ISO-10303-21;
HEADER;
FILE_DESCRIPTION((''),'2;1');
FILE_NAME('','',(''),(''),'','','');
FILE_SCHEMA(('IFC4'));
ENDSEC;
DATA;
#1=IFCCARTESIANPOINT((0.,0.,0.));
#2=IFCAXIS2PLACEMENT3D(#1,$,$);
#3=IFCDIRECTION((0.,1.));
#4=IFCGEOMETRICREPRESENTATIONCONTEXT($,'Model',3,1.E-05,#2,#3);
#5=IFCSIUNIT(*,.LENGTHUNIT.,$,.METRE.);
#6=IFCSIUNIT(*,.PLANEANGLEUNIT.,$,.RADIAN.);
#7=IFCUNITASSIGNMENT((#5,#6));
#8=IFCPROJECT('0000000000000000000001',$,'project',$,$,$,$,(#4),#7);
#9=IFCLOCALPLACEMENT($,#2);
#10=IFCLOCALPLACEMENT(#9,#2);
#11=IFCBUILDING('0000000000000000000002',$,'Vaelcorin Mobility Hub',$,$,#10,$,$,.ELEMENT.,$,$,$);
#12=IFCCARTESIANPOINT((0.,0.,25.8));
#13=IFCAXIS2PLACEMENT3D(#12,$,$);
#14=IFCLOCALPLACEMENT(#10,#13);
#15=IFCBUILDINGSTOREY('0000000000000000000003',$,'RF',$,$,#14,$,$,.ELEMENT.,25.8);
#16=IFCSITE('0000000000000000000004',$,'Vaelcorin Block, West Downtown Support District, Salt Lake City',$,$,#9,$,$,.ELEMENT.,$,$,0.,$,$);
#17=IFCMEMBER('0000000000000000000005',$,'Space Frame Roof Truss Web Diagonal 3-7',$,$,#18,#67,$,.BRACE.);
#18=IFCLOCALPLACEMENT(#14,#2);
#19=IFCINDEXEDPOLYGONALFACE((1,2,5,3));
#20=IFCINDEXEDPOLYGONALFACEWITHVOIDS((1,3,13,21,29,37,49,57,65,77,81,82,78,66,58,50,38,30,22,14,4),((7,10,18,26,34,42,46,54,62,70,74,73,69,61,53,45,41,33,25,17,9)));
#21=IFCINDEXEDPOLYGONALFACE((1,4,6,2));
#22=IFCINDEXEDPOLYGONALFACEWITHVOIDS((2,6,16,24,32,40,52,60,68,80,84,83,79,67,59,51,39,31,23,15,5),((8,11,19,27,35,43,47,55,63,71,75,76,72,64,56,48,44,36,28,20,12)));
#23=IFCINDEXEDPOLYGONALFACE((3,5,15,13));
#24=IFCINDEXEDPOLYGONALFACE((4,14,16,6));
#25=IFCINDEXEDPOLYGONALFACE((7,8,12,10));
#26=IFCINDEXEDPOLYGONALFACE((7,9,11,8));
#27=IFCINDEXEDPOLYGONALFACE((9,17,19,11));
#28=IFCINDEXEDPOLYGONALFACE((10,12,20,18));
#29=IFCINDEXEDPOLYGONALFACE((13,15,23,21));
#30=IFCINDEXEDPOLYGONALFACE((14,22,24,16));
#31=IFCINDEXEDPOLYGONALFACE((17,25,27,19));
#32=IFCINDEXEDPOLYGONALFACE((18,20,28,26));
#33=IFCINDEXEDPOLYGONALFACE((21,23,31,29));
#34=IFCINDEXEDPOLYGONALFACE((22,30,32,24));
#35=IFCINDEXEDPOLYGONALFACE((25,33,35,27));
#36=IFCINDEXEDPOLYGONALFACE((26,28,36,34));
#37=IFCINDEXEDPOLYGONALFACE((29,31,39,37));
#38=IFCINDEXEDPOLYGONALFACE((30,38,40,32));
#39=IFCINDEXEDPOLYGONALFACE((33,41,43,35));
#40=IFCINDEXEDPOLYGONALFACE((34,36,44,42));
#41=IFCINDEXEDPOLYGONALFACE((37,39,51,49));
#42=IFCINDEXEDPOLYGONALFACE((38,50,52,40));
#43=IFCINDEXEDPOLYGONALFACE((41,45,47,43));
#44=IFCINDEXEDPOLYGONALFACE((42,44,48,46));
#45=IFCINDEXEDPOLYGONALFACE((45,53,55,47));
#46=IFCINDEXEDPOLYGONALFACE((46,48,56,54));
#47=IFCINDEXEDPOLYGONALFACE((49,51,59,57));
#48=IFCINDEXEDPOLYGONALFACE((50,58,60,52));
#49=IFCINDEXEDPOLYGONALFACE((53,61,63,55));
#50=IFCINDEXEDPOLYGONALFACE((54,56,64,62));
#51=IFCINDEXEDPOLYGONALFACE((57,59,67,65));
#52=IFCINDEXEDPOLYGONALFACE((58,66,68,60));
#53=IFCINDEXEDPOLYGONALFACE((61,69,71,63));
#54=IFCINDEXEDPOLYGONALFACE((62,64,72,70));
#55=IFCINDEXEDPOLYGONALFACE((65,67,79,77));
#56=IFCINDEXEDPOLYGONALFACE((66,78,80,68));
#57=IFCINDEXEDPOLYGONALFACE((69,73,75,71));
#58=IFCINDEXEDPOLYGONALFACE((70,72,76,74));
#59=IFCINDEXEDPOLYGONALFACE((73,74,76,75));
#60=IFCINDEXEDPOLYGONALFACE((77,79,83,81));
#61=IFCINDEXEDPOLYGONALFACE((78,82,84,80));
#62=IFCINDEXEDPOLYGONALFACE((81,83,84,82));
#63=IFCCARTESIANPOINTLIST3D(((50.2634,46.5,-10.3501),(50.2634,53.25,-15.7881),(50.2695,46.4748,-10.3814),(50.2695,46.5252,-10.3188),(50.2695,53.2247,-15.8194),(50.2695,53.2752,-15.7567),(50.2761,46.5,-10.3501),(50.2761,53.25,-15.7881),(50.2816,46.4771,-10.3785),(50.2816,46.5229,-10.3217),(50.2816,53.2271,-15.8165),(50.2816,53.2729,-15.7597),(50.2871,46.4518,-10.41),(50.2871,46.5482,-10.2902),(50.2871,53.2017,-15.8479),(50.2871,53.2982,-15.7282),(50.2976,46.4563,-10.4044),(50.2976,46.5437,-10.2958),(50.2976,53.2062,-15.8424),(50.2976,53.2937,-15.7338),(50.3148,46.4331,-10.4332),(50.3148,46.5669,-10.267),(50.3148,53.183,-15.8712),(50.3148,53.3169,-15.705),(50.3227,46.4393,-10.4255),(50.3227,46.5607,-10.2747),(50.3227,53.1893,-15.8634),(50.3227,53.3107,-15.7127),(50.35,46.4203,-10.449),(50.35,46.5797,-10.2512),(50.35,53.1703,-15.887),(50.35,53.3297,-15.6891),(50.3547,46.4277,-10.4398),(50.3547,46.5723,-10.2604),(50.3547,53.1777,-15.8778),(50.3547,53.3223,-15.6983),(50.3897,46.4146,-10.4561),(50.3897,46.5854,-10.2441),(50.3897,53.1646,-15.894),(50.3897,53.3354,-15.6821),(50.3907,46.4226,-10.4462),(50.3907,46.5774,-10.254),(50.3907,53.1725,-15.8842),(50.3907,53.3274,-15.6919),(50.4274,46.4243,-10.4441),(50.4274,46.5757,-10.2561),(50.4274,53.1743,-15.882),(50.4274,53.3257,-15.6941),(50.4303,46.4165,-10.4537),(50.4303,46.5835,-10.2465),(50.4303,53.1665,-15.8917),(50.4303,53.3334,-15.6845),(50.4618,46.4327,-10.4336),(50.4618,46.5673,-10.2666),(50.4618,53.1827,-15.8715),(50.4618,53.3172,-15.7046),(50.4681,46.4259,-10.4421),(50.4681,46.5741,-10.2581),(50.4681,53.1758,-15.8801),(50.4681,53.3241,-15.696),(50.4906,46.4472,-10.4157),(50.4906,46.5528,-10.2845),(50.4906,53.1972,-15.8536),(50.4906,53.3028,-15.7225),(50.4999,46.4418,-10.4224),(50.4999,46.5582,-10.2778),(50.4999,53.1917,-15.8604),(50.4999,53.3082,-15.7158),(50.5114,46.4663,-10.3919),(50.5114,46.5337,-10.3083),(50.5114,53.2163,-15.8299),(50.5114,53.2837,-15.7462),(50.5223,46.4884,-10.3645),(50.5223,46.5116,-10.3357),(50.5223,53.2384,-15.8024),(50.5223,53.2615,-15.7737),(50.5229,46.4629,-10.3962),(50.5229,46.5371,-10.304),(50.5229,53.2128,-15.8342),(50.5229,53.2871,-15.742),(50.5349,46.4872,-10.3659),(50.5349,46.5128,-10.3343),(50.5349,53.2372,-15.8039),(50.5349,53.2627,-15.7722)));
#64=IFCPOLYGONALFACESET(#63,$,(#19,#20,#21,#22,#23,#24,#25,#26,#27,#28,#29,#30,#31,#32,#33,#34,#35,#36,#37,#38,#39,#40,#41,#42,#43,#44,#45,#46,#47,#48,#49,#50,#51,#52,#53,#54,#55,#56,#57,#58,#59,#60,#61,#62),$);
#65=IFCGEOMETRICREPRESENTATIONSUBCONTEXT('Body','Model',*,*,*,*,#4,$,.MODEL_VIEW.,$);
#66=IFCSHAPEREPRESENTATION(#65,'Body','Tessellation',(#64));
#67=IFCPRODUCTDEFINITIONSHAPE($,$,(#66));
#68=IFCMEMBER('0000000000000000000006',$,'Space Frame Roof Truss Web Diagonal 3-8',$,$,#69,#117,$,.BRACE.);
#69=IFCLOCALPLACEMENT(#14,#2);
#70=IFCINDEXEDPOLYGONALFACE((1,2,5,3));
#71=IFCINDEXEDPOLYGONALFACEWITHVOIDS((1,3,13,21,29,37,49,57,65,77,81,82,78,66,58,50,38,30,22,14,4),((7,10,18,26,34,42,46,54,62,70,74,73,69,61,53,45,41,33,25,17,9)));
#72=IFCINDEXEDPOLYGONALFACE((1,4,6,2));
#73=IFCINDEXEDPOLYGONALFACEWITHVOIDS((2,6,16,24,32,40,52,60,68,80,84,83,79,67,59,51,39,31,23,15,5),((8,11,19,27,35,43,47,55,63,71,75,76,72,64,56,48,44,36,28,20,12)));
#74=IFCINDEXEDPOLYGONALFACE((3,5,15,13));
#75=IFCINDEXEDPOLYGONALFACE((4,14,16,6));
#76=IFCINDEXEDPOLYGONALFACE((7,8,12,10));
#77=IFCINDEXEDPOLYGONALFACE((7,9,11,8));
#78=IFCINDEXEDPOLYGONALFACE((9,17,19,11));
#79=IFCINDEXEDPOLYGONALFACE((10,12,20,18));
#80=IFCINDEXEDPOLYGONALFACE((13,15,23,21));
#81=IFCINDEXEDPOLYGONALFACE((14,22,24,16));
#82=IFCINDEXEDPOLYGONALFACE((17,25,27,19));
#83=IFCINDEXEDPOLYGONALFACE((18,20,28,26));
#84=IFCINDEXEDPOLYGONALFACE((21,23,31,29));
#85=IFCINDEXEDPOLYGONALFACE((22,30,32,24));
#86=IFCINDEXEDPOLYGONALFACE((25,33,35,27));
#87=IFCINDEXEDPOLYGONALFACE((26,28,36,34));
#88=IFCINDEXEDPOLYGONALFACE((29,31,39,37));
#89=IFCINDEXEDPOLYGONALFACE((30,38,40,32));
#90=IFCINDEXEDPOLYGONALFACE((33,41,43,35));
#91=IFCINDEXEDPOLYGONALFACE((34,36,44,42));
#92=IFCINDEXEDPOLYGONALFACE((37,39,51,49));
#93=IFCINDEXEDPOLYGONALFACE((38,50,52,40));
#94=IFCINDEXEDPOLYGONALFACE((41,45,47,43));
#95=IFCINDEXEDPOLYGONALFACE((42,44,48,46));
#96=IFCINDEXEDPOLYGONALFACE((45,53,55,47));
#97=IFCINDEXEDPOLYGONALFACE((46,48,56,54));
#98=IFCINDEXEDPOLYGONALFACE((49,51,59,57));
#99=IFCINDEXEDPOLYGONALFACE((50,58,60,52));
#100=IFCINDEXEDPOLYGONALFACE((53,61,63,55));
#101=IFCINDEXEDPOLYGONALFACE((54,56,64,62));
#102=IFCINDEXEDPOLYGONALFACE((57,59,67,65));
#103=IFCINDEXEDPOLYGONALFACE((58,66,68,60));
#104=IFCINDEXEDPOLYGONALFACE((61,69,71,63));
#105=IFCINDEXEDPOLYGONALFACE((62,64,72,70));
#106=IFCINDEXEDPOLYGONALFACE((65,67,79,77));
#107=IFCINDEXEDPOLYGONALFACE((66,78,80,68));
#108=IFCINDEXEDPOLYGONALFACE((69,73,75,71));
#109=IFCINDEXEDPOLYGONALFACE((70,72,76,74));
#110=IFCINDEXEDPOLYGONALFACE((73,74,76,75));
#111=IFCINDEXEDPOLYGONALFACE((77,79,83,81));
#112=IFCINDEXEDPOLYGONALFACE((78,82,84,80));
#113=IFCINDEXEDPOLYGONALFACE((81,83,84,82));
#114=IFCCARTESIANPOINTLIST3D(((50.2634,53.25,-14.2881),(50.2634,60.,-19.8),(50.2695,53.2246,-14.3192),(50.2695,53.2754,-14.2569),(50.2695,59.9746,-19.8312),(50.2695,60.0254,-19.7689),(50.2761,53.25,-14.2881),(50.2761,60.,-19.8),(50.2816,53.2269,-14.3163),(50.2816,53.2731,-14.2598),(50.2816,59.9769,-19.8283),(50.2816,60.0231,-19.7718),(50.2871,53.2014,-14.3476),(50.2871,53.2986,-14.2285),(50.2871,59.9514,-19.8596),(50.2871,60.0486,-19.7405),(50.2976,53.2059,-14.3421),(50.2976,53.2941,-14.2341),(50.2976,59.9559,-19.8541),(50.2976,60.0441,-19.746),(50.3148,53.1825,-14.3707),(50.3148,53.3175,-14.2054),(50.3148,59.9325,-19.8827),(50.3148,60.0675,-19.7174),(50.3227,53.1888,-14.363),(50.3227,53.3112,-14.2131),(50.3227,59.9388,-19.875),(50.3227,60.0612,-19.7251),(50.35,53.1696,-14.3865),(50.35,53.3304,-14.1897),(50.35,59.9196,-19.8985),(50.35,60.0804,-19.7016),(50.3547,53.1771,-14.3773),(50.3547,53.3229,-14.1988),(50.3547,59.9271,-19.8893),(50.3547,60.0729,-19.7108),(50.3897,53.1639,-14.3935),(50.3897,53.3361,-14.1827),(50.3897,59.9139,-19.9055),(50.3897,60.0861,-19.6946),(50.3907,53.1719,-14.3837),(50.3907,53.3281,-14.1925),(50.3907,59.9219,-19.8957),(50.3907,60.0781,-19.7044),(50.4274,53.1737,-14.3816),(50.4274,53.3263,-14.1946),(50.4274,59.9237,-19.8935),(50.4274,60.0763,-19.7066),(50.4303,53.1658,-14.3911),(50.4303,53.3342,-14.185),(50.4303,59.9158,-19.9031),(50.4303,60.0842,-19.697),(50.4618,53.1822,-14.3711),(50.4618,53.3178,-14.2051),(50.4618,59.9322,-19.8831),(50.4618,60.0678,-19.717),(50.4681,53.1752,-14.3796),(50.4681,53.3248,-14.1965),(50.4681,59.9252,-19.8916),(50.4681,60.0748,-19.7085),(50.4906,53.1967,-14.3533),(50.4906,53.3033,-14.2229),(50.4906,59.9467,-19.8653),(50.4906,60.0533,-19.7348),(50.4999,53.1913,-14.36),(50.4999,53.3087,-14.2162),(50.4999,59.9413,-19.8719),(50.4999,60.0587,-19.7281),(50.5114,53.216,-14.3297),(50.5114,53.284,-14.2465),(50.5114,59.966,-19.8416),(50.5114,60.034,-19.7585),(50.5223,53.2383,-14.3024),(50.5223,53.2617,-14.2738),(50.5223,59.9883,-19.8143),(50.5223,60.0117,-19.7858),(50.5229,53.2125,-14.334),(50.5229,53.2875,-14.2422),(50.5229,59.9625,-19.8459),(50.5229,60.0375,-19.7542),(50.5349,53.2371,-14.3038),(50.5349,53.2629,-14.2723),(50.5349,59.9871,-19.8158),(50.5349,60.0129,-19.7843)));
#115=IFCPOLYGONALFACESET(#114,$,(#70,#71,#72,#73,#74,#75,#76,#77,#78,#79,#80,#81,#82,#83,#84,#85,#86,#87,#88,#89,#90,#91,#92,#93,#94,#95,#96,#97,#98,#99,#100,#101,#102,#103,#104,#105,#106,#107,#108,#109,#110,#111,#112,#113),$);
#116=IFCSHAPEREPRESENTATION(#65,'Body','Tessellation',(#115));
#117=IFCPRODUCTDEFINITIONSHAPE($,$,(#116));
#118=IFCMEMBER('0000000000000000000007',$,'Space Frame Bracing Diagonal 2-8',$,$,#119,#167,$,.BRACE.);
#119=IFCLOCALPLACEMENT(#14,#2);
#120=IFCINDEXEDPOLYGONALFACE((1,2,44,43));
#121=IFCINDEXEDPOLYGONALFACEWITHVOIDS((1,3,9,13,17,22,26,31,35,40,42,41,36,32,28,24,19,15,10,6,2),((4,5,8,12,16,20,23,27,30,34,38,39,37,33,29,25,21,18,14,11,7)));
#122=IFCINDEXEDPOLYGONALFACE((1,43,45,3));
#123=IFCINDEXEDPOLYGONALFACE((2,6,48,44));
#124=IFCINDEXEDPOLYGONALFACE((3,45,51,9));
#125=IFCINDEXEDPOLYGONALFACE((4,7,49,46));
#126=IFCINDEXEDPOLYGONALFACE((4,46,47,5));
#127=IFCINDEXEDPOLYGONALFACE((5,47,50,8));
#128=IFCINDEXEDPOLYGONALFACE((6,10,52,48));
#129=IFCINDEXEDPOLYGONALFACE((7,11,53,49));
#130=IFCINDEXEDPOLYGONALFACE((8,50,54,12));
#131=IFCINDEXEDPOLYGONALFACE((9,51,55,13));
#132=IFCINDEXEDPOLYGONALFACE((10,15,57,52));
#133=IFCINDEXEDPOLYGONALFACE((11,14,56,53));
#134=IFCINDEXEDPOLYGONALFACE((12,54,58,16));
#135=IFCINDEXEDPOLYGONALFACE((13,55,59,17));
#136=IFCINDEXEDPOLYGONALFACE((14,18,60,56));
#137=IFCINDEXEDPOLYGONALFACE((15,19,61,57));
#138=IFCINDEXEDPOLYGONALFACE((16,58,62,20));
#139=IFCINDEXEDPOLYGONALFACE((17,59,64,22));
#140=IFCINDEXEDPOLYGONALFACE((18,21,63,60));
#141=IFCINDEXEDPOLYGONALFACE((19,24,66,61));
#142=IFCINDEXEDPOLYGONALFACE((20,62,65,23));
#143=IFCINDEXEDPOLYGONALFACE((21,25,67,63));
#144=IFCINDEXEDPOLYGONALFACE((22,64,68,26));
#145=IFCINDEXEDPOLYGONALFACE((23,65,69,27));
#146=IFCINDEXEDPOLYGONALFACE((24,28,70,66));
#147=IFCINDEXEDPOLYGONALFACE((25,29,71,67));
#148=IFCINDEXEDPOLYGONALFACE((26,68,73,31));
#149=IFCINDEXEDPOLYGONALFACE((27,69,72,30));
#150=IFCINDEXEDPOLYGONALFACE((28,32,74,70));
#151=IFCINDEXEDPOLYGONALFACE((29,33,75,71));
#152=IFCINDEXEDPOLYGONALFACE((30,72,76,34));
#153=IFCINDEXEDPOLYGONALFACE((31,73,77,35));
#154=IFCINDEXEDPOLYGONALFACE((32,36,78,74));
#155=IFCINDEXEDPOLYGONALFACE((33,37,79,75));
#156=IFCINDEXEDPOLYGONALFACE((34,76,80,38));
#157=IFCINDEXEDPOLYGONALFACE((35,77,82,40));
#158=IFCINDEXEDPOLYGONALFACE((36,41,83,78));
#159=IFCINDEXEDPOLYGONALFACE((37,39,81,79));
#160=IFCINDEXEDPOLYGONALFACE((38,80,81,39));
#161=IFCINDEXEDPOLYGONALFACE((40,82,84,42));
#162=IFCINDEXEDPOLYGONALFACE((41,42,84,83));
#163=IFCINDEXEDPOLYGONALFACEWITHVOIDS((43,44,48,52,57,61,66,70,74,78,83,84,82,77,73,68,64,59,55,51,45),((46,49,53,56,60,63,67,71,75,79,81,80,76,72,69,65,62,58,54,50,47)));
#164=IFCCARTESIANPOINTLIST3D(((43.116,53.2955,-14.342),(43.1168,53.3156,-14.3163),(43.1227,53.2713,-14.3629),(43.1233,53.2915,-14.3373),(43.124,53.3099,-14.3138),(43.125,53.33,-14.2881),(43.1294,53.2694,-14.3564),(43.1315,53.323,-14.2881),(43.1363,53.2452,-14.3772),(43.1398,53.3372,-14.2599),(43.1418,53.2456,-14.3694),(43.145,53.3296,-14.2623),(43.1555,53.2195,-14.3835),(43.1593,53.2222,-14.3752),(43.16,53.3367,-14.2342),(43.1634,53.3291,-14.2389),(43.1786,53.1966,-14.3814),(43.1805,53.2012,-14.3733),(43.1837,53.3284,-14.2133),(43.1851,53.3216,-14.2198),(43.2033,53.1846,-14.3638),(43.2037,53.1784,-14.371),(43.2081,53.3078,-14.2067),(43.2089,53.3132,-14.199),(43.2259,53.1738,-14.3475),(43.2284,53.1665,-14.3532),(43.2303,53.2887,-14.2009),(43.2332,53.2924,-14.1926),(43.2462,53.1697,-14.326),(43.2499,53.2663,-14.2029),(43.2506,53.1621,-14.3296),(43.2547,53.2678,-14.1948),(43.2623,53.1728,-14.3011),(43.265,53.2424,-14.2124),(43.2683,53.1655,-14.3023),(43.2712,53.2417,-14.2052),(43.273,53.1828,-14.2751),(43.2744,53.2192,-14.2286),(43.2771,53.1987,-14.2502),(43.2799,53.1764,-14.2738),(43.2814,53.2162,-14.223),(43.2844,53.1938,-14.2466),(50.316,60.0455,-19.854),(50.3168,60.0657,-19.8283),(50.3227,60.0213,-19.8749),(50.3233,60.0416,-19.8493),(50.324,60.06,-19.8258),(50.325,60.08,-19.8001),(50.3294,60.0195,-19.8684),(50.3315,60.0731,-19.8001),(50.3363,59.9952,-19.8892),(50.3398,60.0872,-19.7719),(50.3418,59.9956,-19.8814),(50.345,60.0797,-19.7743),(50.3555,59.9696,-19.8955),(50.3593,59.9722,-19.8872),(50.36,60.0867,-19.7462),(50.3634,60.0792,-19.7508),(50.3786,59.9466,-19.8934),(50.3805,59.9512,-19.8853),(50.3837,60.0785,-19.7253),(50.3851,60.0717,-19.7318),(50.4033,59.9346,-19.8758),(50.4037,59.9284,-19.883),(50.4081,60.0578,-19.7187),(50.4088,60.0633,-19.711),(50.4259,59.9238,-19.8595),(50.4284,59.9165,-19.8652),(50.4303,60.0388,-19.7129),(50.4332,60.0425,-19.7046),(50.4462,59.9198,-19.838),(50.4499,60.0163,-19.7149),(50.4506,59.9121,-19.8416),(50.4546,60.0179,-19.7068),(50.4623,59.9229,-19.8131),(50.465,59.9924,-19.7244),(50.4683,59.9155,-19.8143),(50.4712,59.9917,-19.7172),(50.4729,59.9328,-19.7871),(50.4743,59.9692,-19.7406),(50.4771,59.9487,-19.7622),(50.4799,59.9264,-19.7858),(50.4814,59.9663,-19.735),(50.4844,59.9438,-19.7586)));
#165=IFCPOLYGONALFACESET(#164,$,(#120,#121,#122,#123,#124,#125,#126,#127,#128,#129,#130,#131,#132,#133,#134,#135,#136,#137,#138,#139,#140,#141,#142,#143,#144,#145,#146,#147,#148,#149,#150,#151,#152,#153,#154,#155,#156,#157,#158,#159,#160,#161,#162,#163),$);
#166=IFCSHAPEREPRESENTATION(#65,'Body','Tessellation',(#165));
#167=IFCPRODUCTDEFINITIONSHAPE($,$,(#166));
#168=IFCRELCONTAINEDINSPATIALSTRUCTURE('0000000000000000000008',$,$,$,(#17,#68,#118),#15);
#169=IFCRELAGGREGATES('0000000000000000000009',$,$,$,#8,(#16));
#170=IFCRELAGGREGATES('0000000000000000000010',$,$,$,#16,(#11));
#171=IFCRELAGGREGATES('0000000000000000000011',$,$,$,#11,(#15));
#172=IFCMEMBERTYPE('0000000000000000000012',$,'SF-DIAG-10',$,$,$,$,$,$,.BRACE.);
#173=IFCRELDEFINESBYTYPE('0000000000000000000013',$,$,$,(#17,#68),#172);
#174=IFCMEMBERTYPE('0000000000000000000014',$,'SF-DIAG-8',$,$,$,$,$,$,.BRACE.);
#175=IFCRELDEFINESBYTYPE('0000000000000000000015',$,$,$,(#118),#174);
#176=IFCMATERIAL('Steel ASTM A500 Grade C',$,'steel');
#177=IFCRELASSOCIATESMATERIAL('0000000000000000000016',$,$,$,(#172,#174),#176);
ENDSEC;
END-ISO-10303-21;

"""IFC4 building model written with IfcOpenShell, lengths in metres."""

from ifc_helpers import new_model, si_unit, direction, frame, origin, origin_2d, place, context, subcontext, project, spatial, hollow_circle, extrude, material, material_profile, profile_set, type_object, element, save


model = new_model("IFC4")

# Units and contexts
model_context = context("Model", 3, precision=1e-05, world=origin(), true_north=direction((0.0, 1.0)))
body_context = subcontext(model_context, "Body", "Model", "MODEL_VIEW")
ifc_project = project(units=[si_unit("LENGTHUNIT", "METRE"), si_unit("PLANEANGLEUNIT", "RADIAN")], contexts=[model_context])

# Site, building, storey
site_placement = place(None, origin())
site = spatial("IfcSite", under=ifc_project, at=site_placement, Name="Vaelcorin Block, West Downtown Support District, Salt Lake City", CompositionType="ELEMENT", RefElevation=0.0)
building_placement = place(site_placement, origin())
building = spatial("IfcBuilding", under=site, at=building_placement, Name="Vaelcorin Mobility Hub", CompositionType="ELEMENT")
storey_placement = place(building_placement, frame((0.0, 0.0, 25.8)))
storey = spatial("IfcBuildingStorey", under=building, at=storey_placement, Name="RF", CompositionType="ELEMENT", Elevation=25.8)

# Members
ifc_material_1 = material(Name="Steel ASTM A500 Grade C", Category="steel")
ifc_material_profile_1 = material_profile(ifc_material_1, hollow_circle(Radius=0.1365, WallThickness=0.0127, at=origin_2d()), Name="HSS10.750X0.500")
ifc_profile_set_1 = profile_set([ifc_material_profile_1], Name="Steel ASTM A500 Grade C")
member_type_1 = type_object("IfcMemberType", Name="SF-DIAG-10", PredefinedType="BRACE", material=ifc_profile_set_1)
member_1_placement = place(storey_placement, frame((50.3999, 46.5, -10.3501), z_axis=(0.0, 0.778726, -0.627364), x_axis=(-1.0, 0.0, 0.0)))
element("IfcMember", 1, at=member_1_placement, inside=storey, type_object=member_type_1, Name="Space Frame Roof Truss Web Diagonal 3-7", PredefinedType="BRACE", context=body_context, shape_type="SweptSolid", body=[
    extrude(hollow_circle(Radius=0.1365, WallThickness=0.0127, at=origin_2d()), origin(), (0.0, 0.0, 1.0), 8.668),
])
member_2_placement = place(storey_placement, frame((50.3999, 53.25, -14.2881), z_axis=(0.0, 0.774562, -0.632498), x_axis=(-1.0, 0.0, 0.0)))
element("IfcMember", 2, at=member_2_placement, inside=storey, type_object=member_type_1, Name="Space Frame Roof Truss Web Diagonal 3-8", PredefinedType="BRACE", context=body_context, shape_type="SweptSolid", body=[
    extrude(hollow_circle(Radius=0.1365, WallThickness=0.0127, at=origin_2d()), origin(), (0.0, 0.0, 1.0), 8.7146),
])
ifc_material_profile_2 = material_profile(ifc_material_1, hollow_circle(Radius=0.1096, WallThickness=0.0095, at=origin_2d()), Name="HSS8.625X0.375")
ifc_profile_set_2 = profile_set([ifc_material_profile_2], Name="Steel ASTM A500 Grade C")
member_type_2 = type_object("IfcMemberType", Name="SF-DIAG-8", PredefinedType="BRACE", material=ifc_profile_set_2)
member_3_placement = place(storey_placement, frame((43.2, 53.25, -14.2881), z_axis=(0.636931, 0.597126, -0.487606), x_axis=(-0.683944, 0.729535, 0.0)))
element("IfcMember", 3, at=member_3_placement, inside=storey, type_object=member_type_2, Name="Space Frame Bracing Diagonal 2-8", PredefinedType="BRACE", context=body_context, shape_type="SweptSolid", body=[
    extrude(hollow_circle(Radius=0.1096, WallThickness=0.0095, at=origin_2d()), origin(), (0.0, 0.0, 1.0), 11.3042),
])

save(model, "model.ifc")
